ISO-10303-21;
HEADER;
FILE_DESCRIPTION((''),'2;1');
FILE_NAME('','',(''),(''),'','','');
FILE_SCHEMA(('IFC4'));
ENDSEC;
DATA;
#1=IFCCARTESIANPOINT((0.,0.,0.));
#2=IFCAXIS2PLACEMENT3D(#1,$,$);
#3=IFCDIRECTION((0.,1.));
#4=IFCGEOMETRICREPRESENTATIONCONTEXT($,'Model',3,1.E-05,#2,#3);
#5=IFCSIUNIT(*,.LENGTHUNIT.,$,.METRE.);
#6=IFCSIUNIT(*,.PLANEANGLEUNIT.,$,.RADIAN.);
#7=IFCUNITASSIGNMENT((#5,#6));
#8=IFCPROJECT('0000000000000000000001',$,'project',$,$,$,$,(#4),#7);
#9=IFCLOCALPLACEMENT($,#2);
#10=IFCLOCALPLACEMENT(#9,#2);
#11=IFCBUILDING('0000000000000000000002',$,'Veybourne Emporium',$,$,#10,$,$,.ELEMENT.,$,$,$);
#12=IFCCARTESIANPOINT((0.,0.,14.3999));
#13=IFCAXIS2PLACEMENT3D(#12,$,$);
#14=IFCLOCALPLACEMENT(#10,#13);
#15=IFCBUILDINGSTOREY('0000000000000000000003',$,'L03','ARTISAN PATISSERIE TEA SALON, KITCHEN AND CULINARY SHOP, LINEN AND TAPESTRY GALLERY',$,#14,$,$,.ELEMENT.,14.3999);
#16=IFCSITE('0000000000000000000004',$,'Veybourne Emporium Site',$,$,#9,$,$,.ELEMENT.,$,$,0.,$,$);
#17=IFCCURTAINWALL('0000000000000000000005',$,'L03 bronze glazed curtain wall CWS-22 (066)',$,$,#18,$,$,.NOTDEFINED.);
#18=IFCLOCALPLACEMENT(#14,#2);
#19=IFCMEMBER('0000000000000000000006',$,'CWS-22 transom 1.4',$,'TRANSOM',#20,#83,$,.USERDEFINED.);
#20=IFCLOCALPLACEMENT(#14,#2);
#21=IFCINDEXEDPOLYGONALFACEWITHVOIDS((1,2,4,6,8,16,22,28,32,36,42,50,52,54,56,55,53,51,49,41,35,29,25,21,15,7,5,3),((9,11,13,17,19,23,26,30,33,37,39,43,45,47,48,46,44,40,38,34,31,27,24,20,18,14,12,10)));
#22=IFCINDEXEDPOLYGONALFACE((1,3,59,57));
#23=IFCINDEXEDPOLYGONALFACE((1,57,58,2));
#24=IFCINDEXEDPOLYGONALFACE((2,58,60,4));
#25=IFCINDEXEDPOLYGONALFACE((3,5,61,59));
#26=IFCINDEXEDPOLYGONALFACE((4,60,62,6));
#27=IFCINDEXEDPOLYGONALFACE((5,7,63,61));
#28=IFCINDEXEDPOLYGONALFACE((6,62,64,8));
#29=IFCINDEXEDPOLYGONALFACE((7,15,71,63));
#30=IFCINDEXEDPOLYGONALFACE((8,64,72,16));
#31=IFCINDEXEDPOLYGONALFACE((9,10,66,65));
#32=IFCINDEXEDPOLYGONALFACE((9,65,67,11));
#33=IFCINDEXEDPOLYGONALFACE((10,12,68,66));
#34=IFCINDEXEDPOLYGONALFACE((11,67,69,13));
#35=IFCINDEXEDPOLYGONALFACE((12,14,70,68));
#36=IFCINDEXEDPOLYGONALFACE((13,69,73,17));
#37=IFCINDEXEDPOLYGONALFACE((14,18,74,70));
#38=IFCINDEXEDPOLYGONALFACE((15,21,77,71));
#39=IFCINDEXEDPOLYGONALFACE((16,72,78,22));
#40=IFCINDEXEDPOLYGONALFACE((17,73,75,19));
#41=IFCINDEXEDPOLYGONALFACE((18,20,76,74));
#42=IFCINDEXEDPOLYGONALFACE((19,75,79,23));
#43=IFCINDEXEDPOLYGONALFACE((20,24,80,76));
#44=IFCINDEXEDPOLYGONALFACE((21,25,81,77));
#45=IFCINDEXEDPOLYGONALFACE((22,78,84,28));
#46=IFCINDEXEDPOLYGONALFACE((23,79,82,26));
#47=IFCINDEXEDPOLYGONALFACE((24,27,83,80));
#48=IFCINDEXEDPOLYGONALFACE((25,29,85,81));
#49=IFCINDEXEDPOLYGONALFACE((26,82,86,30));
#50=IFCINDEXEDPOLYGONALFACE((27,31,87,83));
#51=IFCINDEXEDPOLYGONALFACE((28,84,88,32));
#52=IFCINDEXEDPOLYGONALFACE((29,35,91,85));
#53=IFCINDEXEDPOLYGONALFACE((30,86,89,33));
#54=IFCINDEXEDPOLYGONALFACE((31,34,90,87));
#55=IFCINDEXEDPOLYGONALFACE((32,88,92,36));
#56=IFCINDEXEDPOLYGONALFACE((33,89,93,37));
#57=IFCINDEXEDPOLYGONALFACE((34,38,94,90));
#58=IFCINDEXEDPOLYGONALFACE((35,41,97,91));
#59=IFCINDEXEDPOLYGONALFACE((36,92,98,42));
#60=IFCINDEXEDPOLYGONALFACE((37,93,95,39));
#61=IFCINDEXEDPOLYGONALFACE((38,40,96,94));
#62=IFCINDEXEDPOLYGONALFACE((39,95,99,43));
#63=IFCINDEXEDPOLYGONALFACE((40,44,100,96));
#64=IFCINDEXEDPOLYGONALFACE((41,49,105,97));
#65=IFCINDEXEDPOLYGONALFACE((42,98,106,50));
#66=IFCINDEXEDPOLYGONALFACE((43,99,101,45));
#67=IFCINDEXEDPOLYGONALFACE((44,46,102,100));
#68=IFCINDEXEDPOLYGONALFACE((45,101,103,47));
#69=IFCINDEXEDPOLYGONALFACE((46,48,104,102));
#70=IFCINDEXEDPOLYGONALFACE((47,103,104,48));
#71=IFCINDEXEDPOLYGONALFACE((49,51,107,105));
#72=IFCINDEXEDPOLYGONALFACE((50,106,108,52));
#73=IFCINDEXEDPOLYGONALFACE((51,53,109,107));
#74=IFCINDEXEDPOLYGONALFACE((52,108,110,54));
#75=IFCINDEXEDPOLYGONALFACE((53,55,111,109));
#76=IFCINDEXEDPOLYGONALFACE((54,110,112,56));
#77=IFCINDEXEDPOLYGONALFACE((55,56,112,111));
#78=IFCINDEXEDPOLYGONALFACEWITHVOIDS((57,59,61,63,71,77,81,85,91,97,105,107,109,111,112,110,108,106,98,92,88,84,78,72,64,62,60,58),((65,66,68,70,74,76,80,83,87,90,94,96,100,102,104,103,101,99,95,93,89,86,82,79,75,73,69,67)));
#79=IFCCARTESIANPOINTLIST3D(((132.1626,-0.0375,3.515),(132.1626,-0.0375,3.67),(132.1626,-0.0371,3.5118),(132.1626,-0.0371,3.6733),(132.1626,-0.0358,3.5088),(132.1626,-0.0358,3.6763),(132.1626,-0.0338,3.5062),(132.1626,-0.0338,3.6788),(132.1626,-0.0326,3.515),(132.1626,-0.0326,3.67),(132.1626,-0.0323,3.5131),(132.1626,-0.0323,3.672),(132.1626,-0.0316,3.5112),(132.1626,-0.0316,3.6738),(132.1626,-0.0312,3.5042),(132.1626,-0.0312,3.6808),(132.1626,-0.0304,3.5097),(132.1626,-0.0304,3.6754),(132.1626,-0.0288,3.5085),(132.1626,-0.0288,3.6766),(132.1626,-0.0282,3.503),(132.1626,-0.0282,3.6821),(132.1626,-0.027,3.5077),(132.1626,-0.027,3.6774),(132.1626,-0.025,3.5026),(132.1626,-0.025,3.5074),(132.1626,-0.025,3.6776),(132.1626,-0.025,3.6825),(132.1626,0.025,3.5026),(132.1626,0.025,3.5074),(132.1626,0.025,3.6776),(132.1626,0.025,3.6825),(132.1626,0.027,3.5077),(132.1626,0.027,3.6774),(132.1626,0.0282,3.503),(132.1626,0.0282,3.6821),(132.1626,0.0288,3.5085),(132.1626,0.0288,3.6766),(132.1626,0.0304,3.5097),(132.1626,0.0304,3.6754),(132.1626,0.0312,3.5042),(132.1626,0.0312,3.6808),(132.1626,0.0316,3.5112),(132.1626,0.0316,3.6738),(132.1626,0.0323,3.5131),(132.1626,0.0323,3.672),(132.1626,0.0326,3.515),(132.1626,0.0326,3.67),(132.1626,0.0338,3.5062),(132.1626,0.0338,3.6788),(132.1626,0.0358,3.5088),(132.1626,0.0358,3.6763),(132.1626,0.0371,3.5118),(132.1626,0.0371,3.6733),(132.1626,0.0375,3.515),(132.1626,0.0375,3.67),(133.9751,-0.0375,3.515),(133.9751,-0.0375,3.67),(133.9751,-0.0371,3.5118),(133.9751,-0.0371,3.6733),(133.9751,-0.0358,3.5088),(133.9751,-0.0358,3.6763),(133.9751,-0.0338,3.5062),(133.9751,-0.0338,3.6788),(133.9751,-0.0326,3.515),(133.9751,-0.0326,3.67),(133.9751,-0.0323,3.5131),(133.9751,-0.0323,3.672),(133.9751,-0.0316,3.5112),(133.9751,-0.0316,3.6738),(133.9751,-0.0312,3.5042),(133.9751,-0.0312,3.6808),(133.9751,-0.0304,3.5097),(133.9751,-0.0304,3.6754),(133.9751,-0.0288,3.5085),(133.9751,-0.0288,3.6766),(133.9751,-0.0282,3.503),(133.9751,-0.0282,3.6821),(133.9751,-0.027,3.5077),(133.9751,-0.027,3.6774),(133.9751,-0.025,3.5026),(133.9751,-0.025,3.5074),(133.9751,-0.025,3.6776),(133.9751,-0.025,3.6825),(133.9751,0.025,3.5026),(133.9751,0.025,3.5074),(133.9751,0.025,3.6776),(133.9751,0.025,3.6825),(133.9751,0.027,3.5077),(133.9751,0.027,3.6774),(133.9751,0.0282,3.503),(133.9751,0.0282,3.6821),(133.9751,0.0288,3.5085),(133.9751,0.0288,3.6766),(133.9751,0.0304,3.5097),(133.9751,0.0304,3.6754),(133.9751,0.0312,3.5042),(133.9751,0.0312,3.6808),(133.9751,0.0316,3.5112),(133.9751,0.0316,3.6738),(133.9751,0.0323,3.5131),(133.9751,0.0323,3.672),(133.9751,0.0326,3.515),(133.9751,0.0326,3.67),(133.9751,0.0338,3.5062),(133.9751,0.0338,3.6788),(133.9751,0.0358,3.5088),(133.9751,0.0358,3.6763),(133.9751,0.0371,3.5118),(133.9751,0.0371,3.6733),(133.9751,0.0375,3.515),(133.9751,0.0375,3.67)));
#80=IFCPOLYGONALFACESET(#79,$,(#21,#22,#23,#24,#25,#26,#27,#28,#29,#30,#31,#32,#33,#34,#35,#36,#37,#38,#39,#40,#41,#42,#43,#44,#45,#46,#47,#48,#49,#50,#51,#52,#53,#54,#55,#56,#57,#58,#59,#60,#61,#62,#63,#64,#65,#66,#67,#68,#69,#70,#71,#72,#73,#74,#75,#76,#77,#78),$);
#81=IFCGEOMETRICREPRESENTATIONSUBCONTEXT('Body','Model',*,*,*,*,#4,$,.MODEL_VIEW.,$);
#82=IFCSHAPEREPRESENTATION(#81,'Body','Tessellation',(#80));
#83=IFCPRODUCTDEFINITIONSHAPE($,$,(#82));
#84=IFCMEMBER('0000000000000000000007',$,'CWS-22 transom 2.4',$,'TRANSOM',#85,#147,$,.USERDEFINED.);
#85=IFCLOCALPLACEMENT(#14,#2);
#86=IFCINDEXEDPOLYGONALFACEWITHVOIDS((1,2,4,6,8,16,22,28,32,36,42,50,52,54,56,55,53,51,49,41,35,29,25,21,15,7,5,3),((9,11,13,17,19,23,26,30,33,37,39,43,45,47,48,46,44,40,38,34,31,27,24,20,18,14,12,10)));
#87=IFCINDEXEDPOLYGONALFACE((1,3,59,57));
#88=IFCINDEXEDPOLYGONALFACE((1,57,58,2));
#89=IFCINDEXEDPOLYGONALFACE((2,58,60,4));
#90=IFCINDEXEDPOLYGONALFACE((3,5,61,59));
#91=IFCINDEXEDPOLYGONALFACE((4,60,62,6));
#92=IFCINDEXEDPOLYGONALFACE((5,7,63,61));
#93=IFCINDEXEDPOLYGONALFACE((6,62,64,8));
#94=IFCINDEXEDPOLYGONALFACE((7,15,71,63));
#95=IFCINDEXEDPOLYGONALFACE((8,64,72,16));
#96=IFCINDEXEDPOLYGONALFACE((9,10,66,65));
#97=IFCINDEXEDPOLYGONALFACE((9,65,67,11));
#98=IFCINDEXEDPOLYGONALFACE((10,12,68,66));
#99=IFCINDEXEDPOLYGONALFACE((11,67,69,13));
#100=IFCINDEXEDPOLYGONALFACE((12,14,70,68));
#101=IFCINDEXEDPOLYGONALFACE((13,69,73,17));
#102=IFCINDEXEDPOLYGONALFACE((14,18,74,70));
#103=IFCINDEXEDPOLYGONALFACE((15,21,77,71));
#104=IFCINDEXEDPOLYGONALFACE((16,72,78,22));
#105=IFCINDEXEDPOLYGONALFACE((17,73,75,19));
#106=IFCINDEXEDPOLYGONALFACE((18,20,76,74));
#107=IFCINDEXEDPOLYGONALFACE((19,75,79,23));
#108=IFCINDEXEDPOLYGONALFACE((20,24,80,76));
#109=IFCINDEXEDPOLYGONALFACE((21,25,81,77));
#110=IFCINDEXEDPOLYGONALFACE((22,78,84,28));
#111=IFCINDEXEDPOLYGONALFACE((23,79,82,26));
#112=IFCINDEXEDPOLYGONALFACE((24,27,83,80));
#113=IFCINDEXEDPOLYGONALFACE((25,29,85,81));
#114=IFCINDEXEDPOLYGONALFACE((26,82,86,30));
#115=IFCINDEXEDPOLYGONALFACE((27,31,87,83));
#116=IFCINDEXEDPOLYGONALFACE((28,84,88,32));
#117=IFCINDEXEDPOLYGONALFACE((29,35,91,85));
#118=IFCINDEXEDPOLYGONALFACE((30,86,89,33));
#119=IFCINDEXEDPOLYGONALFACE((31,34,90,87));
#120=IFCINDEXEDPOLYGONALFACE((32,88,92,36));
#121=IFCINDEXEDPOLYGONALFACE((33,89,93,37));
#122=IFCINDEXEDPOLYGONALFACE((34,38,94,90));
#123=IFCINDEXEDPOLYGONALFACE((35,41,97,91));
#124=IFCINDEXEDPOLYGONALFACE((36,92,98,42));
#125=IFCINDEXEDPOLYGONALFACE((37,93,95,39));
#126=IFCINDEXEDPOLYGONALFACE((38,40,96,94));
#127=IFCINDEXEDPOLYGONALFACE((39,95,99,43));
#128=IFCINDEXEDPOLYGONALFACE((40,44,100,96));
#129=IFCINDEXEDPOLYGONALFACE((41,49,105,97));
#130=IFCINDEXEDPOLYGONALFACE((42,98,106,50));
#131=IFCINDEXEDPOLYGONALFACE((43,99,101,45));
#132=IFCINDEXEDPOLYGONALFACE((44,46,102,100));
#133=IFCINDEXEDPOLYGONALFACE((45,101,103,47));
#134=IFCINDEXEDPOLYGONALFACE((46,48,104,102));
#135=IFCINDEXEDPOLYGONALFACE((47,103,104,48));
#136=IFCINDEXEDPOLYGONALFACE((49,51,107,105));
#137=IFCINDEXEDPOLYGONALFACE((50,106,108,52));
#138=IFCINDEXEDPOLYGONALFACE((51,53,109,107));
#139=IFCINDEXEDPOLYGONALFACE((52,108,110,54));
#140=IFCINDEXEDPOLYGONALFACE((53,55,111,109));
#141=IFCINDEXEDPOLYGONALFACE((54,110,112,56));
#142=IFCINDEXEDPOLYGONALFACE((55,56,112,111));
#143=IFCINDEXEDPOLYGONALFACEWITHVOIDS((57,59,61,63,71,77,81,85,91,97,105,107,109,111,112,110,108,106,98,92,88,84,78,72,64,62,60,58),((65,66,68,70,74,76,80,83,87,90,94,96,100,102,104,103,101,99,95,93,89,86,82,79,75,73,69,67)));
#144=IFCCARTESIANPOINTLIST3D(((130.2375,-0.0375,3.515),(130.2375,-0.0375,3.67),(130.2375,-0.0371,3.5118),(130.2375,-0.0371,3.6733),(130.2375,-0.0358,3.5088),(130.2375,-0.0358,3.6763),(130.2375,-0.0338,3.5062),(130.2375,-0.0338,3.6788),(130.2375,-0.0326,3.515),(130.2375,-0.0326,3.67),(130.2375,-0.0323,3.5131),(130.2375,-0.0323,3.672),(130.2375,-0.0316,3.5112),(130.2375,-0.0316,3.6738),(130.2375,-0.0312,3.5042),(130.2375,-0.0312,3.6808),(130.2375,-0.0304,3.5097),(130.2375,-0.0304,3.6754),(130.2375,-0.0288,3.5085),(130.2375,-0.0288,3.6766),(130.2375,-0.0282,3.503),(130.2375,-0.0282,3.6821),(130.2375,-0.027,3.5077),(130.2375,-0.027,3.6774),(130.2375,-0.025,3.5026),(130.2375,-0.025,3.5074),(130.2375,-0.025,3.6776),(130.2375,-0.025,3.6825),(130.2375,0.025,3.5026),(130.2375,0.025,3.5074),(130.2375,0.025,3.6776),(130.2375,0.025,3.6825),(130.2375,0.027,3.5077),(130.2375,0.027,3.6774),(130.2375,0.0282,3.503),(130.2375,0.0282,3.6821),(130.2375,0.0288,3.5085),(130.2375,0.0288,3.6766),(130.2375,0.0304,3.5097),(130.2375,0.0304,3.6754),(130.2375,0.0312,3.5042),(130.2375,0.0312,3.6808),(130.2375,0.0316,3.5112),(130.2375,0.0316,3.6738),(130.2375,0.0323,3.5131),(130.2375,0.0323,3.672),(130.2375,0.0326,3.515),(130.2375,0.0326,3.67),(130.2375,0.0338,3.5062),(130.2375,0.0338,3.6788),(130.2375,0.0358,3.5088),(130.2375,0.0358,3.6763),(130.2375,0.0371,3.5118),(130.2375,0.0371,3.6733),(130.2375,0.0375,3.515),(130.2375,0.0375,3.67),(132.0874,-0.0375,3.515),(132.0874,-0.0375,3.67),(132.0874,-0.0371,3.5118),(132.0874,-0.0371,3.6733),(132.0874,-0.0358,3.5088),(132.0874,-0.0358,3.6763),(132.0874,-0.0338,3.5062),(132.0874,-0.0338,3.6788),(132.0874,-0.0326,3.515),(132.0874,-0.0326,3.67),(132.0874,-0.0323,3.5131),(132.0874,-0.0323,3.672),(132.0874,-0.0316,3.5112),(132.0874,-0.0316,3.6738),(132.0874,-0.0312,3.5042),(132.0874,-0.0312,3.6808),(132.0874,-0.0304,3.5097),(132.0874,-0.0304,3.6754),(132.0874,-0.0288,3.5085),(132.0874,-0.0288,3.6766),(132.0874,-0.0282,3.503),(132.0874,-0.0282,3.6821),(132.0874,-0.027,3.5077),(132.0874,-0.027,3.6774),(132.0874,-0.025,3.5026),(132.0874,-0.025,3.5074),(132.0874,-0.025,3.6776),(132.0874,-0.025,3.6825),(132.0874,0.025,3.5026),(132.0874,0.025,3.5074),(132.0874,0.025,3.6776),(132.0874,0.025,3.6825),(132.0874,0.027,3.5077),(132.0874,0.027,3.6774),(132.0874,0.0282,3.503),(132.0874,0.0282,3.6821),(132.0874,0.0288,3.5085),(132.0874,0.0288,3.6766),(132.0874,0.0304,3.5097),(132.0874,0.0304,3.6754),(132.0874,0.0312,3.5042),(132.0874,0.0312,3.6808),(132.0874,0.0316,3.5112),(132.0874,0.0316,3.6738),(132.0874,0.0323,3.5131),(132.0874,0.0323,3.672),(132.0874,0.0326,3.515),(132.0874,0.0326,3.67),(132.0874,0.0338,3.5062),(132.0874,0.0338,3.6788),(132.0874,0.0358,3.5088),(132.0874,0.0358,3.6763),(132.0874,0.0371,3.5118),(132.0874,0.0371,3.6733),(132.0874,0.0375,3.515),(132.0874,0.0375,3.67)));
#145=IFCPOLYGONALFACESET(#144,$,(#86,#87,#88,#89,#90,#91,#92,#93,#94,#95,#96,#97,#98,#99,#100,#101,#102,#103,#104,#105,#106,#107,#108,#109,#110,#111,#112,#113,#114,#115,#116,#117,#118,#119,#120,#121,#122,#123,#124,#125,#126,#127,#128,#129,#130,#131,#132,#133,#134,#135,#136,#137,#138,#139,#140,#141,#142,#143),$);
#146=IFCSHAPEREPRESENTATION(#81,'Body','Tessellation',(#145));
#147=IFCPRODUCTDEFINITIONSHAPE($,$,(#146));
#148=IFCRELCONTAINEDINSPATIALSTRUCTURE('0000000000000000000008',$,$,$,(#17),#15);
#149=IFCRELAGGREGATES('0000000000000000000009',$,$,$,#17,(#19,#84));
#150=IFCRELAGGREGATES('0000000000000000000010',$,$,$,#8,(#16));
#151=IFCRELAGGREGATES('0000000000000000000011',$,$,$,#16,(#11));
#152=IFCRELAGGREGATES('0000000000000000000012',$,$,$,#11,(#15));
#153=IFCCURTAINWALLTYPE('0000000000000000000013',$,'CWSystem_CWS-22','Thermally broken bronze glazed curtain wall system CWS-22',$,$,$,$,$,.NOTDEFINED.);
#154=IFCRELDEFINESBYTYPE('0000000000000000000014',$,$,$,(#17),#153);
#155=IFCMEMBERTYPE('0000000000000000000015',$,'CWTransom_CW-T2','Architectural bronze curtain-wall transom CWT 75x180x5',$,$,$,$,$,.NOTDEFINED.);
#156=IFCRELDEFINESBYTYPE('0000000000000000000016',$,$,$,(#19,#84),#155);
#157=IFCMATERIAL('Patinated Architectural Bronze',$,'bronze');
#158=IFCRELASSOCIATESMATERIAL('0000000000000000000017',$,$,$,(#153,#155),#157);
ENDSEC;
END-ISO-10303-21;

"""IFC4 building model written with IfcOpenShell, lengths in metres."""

from ifc_helpers import new_model, si_unit, direction, frame, origin, origin_2d, place, context, subcontext, project, spatial, hollow_rectangle, extrude, material, material_profile, profile_set, type_object, element, aggregate, save


model = new_model("IFC4")

# Units and contexts
model_context = context("Model", 3, precision=1e-05, world=origin(), true_north=direction((0.0, 1.0)))
body_context = subcontext(model_context, "Body", "Model", "MODEL_VIEW")
ifc_project = project(units=[si_unit("LENGTHUNIT", "METRE"), si_unit("PLANEANGLEUNIT", "RADIAN")], contexts=[model_context])

# Site, building, storey
site_placement = place(None, origin())
site = spatial("IfcSite", under=ifc_project, at=site_placement, Name="Veybourne Emporium Site", CompositionType="ELEMENT", RefElevation=0.0)
building_placement = place(site_placement, origin())
building = spatial("IfcBuilding", under=site, at=building_placement, Name="Veybourne Emporium", CompositionType="ELEMENT")
storey_placement = place(building_placement, frame((0.0, 0.0, 14.3999)))
storey = spatial("IfcBuildingStorey", under=building, at=storey_placement, Name="L03", Description="ARTISAN PATISSERIE TEA SALON, KITCHEN AND CULINARY SHOP, LINEN AND TAPESTRY GALLERY", CompositionType="ELEMENT", Elevation=14.3999)

# Curtain wall
ifc_material_1 = material(Name="Patinated Architectural Bronze", Category="bronze")
curtain_wall_type_1 = type_object("IfcCurtainWallType", Name="CWSystem_CWS-22", Description="Thermally broken bronze glazed curtain wall system CWS-22", PredefinedType="NOTDEFINED", material=ifc_material_1)
curtain_wall_1_placement = place(storey_placement, origin())
curtain_wall_1 = element("IfcCurtainWall", 1, at=curtain_wall_1_placement, inside=storey, type_object=curtain_wall_type_1, Name="L03 bronze glazed curtain wall CWS-22 (066)", PredefinedType="NOTDEFINED")

# Members
ifc_material_profile_1 = material_profile(ifc_material_1, hollow_rectangle(XDim=0.075, YDim=0.1799, WallThickness=0.0049, InnerFilletRadius=0.0076, OuterFilletRadius=0.0125, at=origin_2d()), Name="CWT 75x180x5")
ifc_profile_set_1 = profile_set([ifc_material_profile_1], Name="Patinated Architectural Bronze")
member_type_1 = type_object("IfcMemberType", Name="CWTransom_CW-T2", Description="Architectural bronze curtain-wall transom CWT 75x180x5", PredefinedType="NOTDEFINED", material=ifc_profile_set_1)
member_1_placement = place(storey_placement, frame((133.9751, 0.0, 3.5925), z_axis=(-1.0, 0.0, 0.0), x_axis=(0.0, -1.0, 0.0)))
member_1 = element("IfcMember", 2, at=member_1_placement, type_object=member_type_1, Name="CWS-22 transom 1.4", ObjectType="TRANSOM", PredefinedType="USERDEFINED", context=body_context, shape_type="SweptSolid", body=[
    extrude(hollow_rectangle(XDim=0.075, YDim=0.1799, WallThickness=0.0049, InnerFilletRadius=0.0076, OuterFilletRadius=0.0125, at=origin_2d()), origin(), (0.0, 0.0, 1.0), 1.8125),
])
member_2_placement = place(storey_placement, frame((132.0874, 0.0, 3.5925), z_axis=(-1.0, 0.0, 0.0), x_axis=(0.0, -1.0, 0.0)))
member_2 = element("IfcMember", 3, at=member_2_placement, type_object=member_type_1, Name="CWS-22 transom 2.4", ObjectType="TRANSOM", PredefinedType="USERDEFINED", context=body_context, shape_type="SweptSolid", body=[
    extrude(hollow_rectangle(XDim=0.075, YDim=0.1799, WallThickness=0.0049, InnerFilletRadius=0.0076, OuterFilletRadius=0.0125, at=origin_2d()), origin(), (0.0, 0.0, 1.0), 1.8499),
])

aggregate(curtain_wall_1, [member_1, member_2])

save(model, "model.ifc")
